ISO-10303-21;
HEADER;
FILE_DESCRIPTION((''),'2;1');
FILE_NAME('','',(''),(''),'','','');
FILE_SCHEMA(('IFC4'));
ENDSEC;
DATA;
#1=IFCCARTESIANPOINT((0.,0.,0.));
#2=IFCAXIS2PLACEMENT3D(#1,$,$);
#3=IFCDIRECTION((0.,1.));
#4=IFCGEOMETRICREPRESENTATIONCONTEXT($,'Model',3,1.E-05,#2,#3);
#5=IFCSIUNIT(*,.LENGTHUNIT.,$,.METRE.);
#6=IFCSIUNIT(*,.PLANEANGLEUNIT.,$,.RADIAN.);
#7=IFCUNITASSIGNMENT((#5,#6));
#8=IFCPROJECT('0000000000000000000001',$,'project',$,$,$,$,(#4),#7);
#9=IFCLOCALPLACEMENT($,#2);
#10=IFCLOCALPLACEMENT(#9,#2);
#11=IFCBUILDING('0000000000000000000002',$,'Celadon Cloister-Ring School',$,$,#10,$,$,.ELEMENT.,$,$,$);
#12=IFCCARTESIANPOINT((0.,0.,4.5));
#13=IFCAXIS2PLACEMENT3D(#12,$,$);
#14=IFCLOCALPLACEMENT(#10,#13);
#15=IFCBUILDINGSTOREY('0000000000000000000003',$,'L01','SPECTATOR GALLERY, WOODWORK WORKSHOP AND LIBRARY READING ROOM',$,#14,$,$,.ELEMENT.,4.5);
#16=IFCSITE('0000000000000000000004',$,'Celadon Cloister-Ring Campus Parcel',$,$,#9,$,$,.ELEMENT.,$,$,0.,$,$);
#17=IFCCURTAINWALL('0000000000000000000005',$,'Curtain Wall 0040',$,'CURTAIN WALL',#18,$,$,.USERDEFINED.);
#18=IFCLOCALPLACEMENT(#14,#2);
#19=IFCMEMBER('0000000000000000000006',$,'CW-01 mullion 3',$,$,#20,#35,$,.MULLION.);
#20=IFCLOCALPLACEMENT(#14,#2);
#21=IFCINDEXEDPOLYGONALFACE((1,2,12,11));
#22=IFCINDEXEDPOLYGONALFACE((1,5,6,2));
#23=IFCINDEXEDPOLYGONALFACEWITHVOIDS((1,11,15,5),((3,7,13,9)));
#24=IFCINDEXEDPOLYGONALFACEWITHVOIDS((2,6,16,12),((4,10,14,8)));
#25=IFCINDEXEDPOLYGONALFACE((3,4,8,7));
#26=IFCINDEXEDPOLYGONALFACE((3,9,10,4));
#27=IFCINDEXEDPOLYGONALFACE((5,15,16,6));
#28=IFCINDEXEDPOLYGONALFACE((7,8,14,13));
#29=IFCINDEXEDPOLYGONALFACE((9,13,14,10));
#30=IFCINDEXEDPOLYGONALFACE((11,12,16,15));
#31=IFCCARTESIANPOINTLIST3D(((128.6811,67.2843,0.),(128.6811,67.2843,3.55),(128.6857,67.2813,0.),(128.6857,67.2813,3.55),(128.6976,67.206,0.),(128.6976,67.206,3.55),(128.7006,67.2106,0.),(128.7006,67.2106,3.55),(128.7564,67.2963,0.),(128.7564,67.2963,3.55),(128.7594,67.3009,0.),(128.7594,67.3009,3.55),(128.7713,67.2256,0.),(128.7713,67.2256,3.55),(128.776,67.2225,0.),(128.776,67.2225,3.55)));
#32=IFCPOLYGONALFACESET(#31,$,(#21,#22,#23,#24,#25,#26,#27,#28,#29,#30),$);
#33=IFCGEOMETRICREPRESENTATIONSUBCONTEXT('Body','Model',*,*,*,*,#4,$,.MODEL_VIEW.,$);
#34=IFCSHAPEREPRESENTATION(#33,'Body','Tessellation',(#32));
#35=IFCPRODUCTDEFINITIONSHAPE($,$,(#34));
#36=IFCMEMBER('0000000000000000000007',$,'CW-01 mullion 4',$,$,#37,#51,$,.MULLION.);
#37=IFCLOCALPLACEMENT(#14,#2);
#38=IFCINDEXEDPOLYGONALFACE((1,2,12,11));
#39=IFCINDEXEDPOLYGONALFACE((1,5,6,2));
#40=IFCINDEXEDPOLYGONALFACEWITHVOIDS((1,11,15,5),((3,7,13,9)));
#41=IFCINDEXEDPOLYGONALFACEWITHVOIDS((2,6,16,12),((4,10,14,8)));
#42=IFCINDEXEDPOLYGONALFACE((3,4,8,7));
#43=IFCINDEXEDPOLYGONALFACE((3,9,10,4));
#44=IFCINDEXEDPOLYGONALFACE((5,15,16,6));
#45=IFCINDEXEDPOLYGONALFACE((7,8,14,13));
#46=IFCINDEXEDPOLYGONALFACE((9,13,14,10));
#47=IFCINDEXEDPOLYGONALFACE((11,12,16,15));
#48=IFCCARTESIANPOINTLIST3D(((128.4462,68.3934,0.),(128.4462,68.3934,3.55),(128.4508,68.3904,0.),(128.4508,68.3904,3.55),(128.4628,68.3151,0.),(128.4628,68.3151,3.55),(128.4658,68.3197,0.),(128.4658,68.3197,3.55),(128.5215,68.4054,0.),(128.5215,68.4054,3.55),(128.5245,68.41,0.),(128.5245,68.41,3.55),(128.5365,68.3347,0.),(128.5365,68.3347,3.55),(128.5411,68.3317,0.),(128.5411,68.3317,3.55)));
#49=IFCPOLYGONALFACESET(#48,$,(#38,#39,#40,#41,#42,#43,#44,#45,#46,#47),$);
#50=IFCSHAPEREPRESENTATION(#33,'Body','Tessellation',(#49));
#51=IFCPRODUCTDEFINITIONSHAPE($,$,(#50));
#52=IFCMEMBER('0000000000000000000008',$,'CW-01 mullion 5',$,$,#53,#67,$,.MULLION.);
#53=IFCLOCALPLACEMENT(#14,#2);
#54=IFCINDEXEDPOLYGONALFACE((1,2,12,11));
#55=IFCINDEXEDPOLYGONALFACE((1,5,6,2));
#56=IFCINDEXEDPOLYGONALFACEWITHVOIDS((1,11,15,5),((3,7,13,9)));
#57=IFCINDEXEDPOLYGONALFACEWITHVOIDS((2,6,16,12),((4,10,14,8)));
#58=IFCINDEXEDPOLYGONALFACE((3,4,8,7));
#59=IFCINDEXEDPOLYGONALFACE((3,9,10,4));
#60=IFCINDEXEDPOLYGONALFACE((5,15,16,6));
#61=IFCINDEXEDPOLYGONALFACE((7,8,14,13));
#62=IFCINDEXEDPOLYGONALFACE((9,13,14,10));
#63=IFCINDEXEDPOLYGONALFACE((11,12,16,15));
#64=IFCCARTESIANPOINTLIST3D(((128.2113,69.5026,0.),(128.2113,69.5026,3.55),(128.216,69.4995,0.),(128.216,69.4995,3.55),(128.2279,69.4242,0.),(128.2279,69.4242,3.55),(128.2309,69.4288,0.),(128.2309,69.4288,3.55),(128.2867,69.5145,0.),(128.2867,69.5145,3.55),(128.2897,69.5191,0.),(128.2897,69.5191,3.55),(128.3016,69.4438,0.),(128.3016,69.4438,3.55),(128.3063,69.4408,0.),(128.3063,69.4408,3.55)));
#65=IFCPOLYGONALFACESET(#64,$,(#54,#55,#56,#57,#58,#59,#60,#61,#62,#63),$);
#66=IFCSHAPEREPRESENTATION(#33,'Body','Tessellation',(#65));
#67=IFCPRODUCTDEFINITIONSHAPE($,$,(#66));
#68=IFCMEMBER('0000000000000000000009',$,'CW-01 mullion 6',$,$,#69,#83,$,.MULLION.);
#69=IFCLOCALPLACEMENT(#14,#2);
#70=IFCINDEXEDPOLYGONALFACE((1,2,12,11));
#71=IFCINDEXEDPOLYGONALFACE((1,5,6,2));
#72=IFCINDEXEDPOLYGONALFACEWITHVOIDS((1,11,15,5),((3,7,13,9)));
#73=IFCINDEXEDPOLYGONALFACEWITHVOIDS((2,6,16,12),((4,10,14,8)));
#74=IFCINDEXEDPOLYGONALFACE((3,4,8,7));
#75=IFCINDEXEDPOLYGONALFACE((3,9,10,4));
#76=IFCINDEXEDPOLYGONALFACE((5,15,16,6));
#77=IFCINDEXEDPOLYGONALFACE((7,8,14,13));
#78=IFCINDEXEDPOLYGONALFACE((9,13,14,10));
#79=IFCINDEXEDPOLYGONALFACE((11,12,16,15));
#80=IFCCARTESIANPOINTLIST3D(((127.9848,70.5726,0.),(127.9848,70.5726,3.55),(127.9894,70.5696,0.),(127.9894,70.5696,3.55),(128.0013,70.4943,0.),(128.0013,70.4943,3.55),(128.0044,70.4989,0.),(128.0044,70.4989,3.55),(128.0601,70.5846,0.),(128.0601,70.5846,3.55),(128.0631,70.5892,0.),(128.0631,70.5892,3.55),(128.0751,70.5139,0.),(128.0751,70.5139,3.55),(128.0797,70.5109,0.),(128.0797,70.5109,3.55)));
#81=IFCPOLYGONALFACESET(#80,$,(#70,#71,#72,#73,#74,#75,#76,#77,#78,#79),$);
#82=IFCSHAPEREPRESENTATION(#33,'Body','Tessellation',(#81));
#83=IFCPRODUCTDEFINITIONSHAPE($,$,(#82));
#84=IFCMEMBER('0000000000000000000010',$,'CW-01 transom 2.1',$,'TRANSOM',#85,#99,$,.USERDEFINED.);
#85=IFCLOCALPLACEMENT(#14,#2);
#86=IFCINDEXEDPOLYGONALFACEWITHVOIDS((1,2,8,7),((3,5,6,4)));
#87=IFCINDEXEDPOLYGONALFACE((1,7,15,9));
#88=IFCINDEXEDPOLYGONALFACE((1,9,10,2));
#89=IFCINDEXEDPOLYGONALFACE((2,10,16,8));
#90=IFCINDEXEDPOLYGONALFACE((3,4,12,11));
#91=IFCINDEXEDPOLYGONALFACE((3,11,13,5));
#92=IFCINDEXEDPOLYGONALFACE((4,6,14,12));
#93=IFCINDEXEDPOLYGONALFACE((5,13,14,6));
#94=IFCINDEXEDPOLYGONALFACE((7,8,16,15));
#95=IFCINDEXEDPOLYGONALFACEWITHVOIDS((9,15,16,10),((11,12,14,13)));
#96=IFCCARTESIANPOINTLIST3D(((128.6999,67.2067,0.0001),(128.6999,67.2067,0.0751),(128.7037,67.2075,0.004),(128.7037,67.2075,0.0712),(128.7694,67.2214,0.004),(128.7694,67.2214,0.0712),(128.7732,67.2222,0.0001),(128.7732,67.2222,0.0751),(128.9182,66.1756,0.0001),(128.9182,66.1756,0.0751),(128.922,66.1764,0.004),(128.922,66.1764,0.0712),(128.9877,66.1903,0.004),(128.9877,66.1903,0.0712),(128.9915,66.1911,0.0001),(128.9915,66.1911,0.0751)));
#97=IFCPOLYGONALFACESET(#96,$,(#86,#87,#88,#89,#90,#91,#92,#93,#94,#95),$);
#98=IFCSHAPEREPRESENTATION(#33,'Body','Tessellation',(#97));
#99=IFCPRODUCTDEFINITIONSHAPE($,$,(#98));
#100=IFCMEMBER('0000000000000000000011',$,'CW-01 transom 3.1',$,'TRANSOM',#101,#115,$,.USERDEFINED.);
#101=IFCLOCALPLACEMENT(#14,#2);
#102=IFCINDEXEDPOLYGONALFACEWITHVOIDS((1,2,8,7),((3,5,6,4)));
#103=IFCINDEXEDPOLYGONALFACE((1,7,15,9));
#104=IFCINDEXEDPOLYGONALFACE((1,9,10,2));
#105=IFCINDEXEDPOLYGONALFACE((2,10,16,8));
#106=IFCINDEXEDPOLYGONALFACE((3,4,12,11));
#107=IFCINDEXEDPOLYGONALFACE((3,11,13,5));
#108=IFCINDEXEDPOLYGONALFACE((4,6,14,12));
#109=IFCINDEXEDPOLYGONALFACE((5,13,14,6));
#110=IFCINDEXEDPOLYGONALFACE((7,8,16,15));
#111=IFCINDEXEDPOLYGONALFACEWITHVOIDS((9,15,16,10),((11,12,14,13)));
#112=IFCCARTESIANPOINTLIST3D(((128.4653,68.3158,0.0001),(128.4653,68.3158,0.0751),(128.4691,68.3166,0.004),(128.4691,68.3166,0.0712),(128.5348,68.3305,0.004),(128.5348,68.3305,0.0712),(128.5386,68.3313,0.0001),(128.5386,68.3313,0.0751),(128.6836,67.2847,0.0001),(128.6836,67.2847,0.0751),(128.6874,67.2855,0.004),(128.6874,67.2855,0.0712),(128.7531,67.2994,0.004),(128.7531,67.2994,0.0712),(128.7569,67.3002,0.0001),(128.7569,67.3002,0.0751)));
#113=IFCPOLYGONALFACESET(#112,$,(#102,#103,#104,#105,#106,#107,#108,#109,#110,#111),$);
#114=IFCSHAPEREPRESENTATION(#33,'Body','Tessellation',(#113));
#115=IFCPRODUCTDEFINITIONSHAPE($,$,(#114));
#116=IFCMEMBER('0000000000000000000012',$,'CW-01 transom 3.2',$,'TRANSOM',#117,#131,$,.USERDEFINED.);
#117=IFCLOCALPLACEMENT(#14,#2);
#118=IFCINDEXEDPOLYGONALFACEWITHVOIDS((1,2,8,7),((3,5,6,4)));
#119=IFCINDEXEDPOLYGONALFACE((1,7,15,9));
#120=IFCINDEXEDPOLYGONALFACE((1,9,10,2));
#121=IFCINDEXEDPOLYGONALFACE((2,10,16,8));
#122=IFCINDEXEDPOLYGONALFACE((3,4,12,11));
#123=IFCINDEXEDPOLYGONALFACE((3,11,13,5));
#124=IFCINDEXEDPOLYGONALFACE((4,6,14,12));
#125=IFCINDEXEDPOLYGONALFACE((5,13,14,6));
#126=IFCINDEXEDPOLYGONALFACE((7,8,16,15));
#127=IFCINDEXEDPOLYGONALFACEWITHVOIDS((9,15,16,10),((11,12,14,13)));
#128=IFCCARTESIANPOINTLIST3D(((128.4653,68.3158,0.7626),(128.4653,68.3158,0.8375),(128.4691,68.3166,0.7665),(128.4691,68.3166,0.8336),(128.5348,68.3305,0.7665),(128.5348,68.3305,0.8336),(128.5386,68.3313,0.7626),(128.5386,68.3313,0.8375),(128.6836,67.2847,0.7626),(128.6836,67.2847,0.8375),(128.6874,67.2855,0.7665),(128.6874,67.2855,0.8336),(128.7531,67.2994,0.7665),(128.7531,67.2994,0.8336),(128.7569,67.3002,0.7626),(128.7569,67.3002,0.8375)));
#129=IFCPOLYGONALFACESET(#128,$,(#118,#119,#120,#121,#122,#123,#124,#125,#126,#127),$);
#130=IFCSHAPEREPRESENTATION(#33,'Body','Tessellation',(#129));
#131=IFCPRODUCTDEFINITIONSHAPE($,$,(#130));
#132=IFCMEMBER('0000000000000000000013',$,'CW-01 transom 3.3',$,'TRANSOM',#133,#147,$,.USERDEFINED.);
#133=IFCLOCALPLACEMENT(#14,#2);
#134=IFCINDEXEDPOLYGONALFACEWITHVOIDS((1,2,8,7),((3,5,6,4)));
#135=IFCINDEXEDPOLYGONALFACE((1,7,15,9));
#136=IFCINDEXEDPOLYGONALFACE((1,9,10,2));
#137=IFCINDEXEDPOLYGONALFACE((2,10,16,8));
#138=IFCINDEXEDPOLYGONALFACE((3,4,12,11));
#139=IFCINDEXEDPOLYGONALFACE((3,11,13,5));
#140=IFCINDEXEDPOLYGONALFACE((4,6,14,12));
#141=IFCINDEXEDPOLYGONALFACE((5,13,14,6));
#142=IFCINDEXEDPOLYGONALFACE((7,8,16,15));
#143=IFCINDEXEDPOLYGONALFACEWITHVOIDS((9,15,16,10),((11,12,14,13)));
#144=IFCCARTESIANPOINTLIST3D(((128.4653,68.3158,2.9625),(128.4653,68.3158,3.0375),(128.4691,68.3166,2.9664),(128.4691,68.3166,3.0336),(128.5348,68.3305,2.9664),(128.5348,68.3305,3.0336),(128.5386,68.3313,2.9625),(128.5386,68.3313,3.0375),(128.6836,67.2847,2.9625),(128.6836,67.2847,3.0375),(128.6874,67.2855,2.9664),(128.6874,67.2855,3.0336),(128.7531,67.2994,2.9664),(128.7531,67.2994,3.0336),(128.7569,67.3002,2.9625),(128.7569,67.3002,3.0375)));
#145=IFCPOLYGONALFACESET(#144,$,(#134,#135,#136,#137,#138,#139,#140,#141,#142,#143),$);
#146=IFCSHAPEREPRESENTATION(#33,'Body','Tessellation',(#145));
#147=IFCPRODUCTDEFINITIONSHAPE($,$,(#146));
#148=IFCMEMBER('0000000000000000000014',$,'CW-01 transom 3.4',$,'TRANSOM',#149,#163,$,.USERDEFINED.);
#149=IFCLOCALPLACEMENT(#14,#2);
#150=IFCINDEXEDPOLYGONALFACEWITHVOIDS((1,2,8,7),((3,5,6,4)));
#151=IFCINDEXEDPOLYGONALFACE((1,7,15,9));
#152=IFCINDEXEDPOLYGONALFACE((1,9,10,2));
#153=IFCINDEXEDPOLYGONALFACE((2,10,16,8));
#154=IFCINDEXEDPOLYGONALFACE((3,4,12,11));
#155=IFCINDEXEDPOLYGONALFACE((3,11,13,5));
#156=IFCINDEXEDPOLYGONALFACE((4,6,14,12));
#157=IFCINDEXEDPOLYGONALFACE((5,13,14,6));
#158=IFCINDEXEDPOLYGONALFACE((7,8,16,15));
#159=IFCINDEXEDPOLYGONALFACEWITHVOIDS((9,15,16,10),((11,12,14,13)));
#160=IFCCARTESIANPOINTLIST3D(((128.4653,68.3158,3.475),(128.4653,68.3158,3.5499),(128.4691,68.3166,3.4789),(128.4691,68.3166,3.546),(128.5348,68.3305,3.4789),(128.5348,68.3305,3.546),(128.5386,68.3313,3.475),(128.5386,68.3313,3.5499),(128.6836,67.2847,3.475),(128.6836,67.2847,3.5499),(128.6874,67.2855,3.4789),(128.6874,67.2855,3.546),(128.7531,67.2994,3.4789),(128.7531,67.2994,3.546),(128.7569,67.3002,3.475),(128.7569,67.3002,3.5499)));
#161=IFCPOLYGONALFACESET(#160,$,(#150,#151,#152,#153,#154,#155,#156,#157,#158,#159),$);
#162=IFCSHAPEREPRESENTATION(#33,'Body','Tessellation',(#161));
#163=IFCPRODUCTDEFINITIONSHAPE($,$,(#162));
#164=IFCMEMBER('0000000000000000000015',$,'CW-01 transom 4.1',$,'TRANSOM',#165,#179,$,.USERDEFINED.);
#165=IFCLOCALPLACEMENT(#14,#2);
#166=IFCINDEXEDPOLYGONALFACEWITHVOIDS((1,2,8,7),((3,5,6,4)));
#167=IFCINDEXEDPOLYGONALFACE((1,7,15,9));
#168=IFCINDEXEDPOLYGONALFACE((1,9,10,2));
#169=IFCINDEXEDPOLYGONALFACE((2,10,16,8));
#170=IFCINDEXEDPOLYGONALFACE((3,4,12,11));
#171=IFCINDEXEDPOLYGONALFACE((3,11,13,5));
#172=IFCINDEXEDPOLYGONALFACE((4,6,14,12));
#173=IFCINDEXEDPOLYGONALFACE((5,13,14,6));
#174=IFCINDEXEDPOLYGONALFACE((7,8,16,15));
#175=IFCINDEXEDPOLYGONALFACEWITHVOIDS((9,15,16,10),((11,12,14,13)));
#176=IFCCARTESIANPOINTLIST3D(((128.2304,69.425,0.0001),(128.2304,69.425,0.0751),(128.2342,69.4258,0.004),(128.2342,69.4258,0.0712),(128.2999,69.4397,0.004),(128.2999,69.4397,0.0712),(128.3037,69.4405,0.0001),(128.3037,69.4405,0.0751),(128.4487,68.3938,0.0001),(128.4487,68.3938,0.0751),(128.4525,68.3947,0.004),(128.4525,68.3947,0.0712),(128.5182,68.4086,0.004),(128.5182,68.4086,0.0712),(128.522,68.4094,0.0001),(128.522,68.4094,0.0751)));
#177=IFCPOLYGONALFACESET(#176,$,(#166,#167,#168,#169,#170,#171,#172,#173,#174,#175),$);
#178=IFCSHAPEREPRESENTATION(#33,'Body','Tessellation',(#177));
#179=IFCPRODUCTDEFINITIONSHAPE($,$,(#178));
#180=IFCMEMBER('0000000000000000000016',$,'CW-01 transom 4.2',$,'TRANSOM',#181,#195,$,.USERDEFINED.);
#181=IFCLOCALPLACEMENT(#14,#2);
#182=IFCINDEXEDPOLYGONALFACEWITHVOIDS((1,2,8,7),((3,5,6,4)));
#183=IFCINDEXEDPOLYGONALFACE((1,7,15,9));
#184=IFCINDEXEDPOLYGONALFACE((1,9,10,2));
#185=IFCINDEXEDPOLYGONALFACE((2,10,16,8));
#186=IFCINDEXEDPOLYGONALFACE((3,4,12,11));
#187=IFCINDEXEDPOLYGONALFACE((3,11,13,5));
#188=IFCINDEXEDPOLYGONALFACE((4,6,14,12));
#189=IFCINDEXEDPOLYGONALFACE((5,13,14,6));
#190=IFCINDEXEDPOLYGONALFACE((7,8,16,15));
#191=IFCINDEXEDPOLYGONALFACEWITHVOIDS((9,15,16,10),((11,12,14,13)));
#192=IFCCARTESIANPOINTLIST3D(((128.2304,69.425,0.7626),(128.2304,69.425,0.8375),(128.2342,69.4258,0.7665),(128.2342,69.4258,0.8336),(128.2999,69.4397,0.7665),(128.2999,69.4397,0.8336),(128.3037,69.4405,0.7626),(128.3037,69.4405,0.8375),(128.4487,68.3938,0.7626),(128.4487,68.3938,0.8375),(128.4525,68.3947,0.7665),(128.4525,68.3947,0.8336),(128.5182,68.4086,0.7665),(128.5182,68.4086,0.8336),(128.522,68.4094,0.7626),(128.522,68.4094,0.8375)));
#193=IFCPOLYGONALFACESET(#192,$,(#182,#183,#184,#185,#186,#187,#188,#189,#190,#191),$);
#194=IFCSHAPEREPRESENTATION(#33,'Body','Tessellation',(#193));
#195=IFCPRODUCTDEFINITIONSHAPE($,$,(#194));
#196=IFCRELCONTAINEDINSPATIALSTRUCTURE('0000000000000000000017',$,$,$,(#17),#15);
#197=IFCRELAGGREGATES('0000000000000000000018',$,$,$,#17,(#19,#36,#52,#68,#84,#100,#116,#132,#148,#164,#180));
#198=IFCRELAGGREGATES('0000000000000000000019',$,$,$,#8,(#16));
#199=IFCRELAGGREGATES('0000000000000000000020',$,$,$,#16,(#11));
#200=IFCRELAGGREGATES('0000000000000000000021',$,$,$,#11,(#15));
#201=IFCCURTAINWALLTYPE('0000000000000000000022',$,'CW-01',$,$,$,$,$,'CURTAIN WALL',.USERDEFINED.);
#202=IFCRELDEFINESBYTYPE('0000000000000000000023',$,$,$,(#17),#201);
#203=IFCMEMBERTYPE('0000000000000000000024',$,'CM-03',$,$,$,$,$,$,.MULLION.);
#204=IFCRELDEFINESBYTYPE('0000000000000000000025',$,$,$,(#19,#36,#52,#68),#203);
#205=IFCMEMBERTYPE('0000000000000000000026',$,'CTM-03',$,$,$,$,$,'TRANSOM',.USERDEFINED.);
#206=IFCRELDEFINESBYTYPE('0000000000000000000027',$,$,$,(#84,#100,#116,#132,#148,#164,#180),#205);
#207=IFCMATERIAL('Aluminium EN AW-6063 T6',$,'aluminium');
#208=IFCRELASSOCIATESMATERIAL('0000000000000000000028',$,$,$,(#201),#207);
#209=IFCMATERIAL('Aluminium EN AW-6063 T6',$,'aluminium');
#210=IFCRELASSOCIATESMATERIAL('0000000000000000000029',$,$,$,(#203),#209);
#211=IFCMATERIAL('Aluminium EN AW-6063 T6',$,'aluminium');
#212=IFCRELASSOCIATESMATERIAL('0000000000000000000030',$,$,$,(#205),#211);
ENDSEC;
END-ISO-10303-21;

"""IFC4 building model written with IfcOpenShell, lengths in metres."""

from ifc_helpers import new_model, si_unit, direction, frame, origin, origin_2d, place, context, subcontext, project, spatial, hollow_rectangle, extrude, material, material_profile, profile_set, type_object, element, aggregate, save


model = new_model("IFC4")

# Units and contexts
model_context = context("Model", 3, precision=1e-05, world=origin(), true_north=direction((0.0, 1.0)))
body_context = subcontext(model_context, "Body", "Model", "MODEL_VIEW")
ifc_project = project(units=[si_unit("LENGTHUNIT", "METRE"), si_unit("PLANEANGLEUNIT", "RADIAN")], contexts=[model_context])

# Site, building, storey
site_placement = place(None, origin())
site = spatial("IfcSite", under=ifc_project, at=site_placement, Name="Celadon Cloister-Ring Campus Parcel", CompositionType="ELEMENT", RefElevation=0.0)
building_placement = place(site_placement, origin())
building = spatial("IfcBuilding", under=site, at=building_placement, Name="Celadon Cloister-Ring School", CompositionType="ELEMENT")
storey_placement = place(building_placement, frame((0.0, 0.0, 4.5)))
storey = spatial("IfcBuildingStorey", under=building, at=storey_placement, Name="L01", Description="SPECTATOR GALLERY, WOODWORK WORKSHOP AND LIBRARY READING ROOM", CompositionType="ELEMENT", Elevation=4.5)

# Curtain wall, members
ifc_material_1 = material(Name="Aluminium EN AW-6063 T6", Category="aluminium")
curtain_wall_type = type_object("IfcCurtainWallType", Name="CW-01", ElementType="CURTAIN WALL", PredefinedType="USERDEFINED", material=ifc_material_1)
curtain_wall_placement = place(storey_placement, origin())
curtain_wall = element("IfcCurtainWall", 1, at=curtain_wall_placement, inside=storey, type_object=curtain_wall_type, Name="Curtain Wall 0040", ObjectType="CURTAIN WALL", PredefinedType="USERDEFINED")
ifc_material_2 = material(Name="Aluminium EN AW-6063 T6", Category="aluminium")
ifc_material_profile_1 = material_profile(ifc_material_2, hollow_rectangle(XDim=0.0801, YDim=0.0801, WallThickness=0.0039, at=origin_2d()), Name="RHS80X80X4")
ifc_profile_set_1 = profile_set([ifc_material_profile_1], Name="Aluminium EN AW-6063 T6")
member_type_1 = type_object("IfcMemberType", Name="CM-03", PredefinedType="MULLION", material=ifc_profile_set_1)
member_1_placement = place(storey_placement, frame((128.7285, 67.2534, 0.0), z_axis=(0.0, 0.0, 1.0), x_axis=(-0.978321, -0.207095, 0.0)))
member_1 = element("IfcMember", 2, at=member_1_placement, type_object=member_type_1, Name="CW-01 mullion 3", PredefinedType="MULLION", context=body_context, shape_type="SweptSolid", body=[
    extrude(hollow_rectangle(XDim=0.0801, YDim=0.0801, WallThickness=0.0039, at=origin_2d()), origin(), (0.0, 0.0, 1.0), 3.55),
])
member_2_placement = place(storey_placement, frame((128.4937, 68.3625, 0.0), z_axis=(0.0, 0.0, 1.0), x_axis=(-0.978321, -0.207095, 0.0)))
member_2 = element("IfcMember", 3, at=member_2_placement, type_object=member_type_1, Name="CW-01 mullion 4", PredefinedType="MULLION", context=body_context, shape_type="SweptSolid", body=[
    extrude(hollow_rectangle(XDim=0.0801, YDim=0.0801, WallThickness=0.0039, at=origin_2d()), origin(), (0.0, 0.0, 1.0), 3.55),
])
member_3_placement = place(storey_placement, frame((128.2588, 69.4717, 0.0), z_axis=(0.0, 0.0, 1.0), x_axis=(-0.978321, -0.207095, 0.0)))
member_3 = element("IfcMember", 4, at=member_3_placement, type_object=member_type_1, Name="CW-01 mullion 5", PredefinedType="MULLION", context=body_context, shape_type="SweptSolid", body=[
    extrude(hollow_rectangle(XDim=0.0801, YDim=0.0801, WallThickness=0.0039, at=origin_2d()), origin(), (0.0, 0.0, 1.0), 3.55),
])
member_4_placement = place(storey_placement, frame((128.0322, 70.5417, 0.0), z_axis=(0.0, 0.0, 1.0), x_axis=(-0.978321, -0.207095, 0.0)))
member_4 = element("IfcMember", 5, at=member_4_placement, type_object=member_type_1, Name="CW-01 mullion 6", PredefinedType="MULLION", context=body_context, shape_type="SweptSolid", body=[
    extrude(hollow_rectangle(XDim=0.0801, YDim=0.0801, WallThickness=0.0039, at=origin_2d()), origin(), (0.0, 0.0, 1.0), 3.55),
])
ifc_material_3 = material(Name="Aluminium EN AW-6063 T6", Category="aluminium")
ifc_material_profile_2 = material_profile(ifc_material_3, hollow_rectangle(XDim=0.075, YDim=0.075, WallThickness=0.0039, at=origin_2d()), Name="RHS75X75X4")
ifc_profile_set_2 = profile_set([ifc_material_profile_2], Name="Aluminium EN AW-6063 T6")
member_type_2 = type_object("IfcMemberType", Name="CTM-03", ElementType="TRANSOM", PredefinedType="USERDEFINED", material=ifc_profile_set_2)
member_5_placement = place(storey_placement, frame((128.9548, 66.1833, 0.0376), z_axis=(-0.207108, 0.978318, 0.0), x_axis=(-0.978318, -0.207108, 0.0)))
member_5 = element("IfcMember", 6, at=member_5_placement, type_object=member_type_2, Name="CW-01 transom 2.1", ObjectType="TRANSOM", PredefinedType="USERDEFINED", context=body_context, shape_type="SweptSolid", body=[
    extrude(hollow_rectangle(XDim=0.075, YDim=0.075, WallThickness=0.0039, at=origin_2d()), origin(), (0.0, 0.0, 1.0), 1.054),
])
member_6_placement = place(storey_placement, frame((128.7202, 67.2925, 0.0376), z_axis=(-0.207108, 0.978318, 0.0), x_axis=(-0.978318, -0.207108, 0.0)))
member_6 = element("IfcMember", 7, at=member_6_placement, type_object=member_type_2, Name="CW-01 transom 3.1", ObjectType="TRANSOM", PredefinedType="USERDEFINED", context=body_context, shape_type="SweptSolid", body=[
    extrude(hollow_rectangle(XDim=0.075, YDim=0.075, WallThickness=0.0039, at=origin_2d()), origin(), (0.0, 0.0, 1.0), 1.054),
])
member_7_placement = place(storey_placement, frame((128.7202, 67.2925, 0.8), z_axis=(-0.207108, 0.978318, 0.0), x_axis=(-0.978318, -0.207108, 0.0)))
member_7 = element("IfcMember", 8, at=member_7_placement, type_object=member_type_2, Name="CW-01 transom 3.2", ObjectType="TRANSOM", PredefinedType="USERDEFINED", context=body_context, shape_type="SweptSolid", body=[
    extrude(hollow_rectangle(XDim=0.075, YDim=0.075, WallThickness=0.0039, at=origin_2d()), origin(), (0.0, 0.0, 1.0), 1.054),
])
member_8_placement = place(storey_placement, frame((128.7202, 67.2925, 3.0), z_axis=(-0.207108, 0.978318, 0.0), x_axis=(-0.978318, -0.207108, 0.0)))
member_8 = element("IfcMember", 9, at=member_8_placement, type_object=member_type_2, Name="CW-01 transom 3.3", ObjectType="TRANSOM", PredefinedType="USERDEFINED", context=body_context, shape_type="SweptSolid", body=[
    extrude(hollow_rectangle(XDim=0.075, YDim=0.075, WallThickness=0.0039, at=origin_2d()), origin(), (0.0, 0.0, 1.0), 1.054),
])
member_9_placement = place(storey_placement, frame((128.7202, 67.2925, 3.5125), z_axis=(-0.207108, 0.978318, 0.0), x_axis=(-0.978318, -0.207108, 0.0)))
member_9 = element("IfcMember", 10, at=member_9_placement, type_object=member_type_2, Name="CW-01 transom 3.4", ObjectType="TRANSOM", PredefinedType="USERDEFINED", context=body_context, shape_type="SweptSolid", body=[
    extrude(hollow_rectangle(XDim=0.075, YDim=0.075, WallThickness=0.0039, at=origin_2d()), origin(), (0.0, 0.0, 1.0), 1.054),
])
member_10_placement = place(storey_placement, frame((128.4854, 68.4016, 0.0376), z_axis=(-0.207108, 0.978318, 0.0), x_axis=(-0.978318, -0.207108, 0.0)))
member_10 = element("IfcMember", 11, at=member_10_placement, type_object=member_type_2, Name="CW-01 transom 4.1", ObjectType="TRANSOM", PredefinedType="USERDEFINED", context=body_context, shape_type="SweptSolid", body=[
    extrude(hollow_rectangle(XDim=0.075, YDim=0.075, WallThickness=0.0039, at=origin_2d()), origin(), (0.0, 0.0, 1.0), 1.054),
])
member_11_placement = place(storey_placement, frame((128.4854, 68.4016, 0.8), z_axis=(-0.207108, 0.978318, 0.0), x_axis=(-0.978318, -0.207108, 0.0)))
member_11 = element("IfcMember", 12, at=member_11_placement, type_object=member_type_2, Name="CW-01 transom 4.2", ObjectType="TRANSOM", PredefinedType="USERDEFINED", context=body_context, shape_type="SweptSolid", body=[
    extrude(hollow_rectangle(XDim=0.075, YDim=0.075, WallThickness=0.0039, at=origin_2d()), origin(), (0.0, 0.0, 1.0), 1.054),
])
aggregate(curtain_wall, [member_1, member_2, member_3, member_4, member_5, member_6, member_7, member_8, member_9, member_10, member_11])

save(model, "model.ifc")
